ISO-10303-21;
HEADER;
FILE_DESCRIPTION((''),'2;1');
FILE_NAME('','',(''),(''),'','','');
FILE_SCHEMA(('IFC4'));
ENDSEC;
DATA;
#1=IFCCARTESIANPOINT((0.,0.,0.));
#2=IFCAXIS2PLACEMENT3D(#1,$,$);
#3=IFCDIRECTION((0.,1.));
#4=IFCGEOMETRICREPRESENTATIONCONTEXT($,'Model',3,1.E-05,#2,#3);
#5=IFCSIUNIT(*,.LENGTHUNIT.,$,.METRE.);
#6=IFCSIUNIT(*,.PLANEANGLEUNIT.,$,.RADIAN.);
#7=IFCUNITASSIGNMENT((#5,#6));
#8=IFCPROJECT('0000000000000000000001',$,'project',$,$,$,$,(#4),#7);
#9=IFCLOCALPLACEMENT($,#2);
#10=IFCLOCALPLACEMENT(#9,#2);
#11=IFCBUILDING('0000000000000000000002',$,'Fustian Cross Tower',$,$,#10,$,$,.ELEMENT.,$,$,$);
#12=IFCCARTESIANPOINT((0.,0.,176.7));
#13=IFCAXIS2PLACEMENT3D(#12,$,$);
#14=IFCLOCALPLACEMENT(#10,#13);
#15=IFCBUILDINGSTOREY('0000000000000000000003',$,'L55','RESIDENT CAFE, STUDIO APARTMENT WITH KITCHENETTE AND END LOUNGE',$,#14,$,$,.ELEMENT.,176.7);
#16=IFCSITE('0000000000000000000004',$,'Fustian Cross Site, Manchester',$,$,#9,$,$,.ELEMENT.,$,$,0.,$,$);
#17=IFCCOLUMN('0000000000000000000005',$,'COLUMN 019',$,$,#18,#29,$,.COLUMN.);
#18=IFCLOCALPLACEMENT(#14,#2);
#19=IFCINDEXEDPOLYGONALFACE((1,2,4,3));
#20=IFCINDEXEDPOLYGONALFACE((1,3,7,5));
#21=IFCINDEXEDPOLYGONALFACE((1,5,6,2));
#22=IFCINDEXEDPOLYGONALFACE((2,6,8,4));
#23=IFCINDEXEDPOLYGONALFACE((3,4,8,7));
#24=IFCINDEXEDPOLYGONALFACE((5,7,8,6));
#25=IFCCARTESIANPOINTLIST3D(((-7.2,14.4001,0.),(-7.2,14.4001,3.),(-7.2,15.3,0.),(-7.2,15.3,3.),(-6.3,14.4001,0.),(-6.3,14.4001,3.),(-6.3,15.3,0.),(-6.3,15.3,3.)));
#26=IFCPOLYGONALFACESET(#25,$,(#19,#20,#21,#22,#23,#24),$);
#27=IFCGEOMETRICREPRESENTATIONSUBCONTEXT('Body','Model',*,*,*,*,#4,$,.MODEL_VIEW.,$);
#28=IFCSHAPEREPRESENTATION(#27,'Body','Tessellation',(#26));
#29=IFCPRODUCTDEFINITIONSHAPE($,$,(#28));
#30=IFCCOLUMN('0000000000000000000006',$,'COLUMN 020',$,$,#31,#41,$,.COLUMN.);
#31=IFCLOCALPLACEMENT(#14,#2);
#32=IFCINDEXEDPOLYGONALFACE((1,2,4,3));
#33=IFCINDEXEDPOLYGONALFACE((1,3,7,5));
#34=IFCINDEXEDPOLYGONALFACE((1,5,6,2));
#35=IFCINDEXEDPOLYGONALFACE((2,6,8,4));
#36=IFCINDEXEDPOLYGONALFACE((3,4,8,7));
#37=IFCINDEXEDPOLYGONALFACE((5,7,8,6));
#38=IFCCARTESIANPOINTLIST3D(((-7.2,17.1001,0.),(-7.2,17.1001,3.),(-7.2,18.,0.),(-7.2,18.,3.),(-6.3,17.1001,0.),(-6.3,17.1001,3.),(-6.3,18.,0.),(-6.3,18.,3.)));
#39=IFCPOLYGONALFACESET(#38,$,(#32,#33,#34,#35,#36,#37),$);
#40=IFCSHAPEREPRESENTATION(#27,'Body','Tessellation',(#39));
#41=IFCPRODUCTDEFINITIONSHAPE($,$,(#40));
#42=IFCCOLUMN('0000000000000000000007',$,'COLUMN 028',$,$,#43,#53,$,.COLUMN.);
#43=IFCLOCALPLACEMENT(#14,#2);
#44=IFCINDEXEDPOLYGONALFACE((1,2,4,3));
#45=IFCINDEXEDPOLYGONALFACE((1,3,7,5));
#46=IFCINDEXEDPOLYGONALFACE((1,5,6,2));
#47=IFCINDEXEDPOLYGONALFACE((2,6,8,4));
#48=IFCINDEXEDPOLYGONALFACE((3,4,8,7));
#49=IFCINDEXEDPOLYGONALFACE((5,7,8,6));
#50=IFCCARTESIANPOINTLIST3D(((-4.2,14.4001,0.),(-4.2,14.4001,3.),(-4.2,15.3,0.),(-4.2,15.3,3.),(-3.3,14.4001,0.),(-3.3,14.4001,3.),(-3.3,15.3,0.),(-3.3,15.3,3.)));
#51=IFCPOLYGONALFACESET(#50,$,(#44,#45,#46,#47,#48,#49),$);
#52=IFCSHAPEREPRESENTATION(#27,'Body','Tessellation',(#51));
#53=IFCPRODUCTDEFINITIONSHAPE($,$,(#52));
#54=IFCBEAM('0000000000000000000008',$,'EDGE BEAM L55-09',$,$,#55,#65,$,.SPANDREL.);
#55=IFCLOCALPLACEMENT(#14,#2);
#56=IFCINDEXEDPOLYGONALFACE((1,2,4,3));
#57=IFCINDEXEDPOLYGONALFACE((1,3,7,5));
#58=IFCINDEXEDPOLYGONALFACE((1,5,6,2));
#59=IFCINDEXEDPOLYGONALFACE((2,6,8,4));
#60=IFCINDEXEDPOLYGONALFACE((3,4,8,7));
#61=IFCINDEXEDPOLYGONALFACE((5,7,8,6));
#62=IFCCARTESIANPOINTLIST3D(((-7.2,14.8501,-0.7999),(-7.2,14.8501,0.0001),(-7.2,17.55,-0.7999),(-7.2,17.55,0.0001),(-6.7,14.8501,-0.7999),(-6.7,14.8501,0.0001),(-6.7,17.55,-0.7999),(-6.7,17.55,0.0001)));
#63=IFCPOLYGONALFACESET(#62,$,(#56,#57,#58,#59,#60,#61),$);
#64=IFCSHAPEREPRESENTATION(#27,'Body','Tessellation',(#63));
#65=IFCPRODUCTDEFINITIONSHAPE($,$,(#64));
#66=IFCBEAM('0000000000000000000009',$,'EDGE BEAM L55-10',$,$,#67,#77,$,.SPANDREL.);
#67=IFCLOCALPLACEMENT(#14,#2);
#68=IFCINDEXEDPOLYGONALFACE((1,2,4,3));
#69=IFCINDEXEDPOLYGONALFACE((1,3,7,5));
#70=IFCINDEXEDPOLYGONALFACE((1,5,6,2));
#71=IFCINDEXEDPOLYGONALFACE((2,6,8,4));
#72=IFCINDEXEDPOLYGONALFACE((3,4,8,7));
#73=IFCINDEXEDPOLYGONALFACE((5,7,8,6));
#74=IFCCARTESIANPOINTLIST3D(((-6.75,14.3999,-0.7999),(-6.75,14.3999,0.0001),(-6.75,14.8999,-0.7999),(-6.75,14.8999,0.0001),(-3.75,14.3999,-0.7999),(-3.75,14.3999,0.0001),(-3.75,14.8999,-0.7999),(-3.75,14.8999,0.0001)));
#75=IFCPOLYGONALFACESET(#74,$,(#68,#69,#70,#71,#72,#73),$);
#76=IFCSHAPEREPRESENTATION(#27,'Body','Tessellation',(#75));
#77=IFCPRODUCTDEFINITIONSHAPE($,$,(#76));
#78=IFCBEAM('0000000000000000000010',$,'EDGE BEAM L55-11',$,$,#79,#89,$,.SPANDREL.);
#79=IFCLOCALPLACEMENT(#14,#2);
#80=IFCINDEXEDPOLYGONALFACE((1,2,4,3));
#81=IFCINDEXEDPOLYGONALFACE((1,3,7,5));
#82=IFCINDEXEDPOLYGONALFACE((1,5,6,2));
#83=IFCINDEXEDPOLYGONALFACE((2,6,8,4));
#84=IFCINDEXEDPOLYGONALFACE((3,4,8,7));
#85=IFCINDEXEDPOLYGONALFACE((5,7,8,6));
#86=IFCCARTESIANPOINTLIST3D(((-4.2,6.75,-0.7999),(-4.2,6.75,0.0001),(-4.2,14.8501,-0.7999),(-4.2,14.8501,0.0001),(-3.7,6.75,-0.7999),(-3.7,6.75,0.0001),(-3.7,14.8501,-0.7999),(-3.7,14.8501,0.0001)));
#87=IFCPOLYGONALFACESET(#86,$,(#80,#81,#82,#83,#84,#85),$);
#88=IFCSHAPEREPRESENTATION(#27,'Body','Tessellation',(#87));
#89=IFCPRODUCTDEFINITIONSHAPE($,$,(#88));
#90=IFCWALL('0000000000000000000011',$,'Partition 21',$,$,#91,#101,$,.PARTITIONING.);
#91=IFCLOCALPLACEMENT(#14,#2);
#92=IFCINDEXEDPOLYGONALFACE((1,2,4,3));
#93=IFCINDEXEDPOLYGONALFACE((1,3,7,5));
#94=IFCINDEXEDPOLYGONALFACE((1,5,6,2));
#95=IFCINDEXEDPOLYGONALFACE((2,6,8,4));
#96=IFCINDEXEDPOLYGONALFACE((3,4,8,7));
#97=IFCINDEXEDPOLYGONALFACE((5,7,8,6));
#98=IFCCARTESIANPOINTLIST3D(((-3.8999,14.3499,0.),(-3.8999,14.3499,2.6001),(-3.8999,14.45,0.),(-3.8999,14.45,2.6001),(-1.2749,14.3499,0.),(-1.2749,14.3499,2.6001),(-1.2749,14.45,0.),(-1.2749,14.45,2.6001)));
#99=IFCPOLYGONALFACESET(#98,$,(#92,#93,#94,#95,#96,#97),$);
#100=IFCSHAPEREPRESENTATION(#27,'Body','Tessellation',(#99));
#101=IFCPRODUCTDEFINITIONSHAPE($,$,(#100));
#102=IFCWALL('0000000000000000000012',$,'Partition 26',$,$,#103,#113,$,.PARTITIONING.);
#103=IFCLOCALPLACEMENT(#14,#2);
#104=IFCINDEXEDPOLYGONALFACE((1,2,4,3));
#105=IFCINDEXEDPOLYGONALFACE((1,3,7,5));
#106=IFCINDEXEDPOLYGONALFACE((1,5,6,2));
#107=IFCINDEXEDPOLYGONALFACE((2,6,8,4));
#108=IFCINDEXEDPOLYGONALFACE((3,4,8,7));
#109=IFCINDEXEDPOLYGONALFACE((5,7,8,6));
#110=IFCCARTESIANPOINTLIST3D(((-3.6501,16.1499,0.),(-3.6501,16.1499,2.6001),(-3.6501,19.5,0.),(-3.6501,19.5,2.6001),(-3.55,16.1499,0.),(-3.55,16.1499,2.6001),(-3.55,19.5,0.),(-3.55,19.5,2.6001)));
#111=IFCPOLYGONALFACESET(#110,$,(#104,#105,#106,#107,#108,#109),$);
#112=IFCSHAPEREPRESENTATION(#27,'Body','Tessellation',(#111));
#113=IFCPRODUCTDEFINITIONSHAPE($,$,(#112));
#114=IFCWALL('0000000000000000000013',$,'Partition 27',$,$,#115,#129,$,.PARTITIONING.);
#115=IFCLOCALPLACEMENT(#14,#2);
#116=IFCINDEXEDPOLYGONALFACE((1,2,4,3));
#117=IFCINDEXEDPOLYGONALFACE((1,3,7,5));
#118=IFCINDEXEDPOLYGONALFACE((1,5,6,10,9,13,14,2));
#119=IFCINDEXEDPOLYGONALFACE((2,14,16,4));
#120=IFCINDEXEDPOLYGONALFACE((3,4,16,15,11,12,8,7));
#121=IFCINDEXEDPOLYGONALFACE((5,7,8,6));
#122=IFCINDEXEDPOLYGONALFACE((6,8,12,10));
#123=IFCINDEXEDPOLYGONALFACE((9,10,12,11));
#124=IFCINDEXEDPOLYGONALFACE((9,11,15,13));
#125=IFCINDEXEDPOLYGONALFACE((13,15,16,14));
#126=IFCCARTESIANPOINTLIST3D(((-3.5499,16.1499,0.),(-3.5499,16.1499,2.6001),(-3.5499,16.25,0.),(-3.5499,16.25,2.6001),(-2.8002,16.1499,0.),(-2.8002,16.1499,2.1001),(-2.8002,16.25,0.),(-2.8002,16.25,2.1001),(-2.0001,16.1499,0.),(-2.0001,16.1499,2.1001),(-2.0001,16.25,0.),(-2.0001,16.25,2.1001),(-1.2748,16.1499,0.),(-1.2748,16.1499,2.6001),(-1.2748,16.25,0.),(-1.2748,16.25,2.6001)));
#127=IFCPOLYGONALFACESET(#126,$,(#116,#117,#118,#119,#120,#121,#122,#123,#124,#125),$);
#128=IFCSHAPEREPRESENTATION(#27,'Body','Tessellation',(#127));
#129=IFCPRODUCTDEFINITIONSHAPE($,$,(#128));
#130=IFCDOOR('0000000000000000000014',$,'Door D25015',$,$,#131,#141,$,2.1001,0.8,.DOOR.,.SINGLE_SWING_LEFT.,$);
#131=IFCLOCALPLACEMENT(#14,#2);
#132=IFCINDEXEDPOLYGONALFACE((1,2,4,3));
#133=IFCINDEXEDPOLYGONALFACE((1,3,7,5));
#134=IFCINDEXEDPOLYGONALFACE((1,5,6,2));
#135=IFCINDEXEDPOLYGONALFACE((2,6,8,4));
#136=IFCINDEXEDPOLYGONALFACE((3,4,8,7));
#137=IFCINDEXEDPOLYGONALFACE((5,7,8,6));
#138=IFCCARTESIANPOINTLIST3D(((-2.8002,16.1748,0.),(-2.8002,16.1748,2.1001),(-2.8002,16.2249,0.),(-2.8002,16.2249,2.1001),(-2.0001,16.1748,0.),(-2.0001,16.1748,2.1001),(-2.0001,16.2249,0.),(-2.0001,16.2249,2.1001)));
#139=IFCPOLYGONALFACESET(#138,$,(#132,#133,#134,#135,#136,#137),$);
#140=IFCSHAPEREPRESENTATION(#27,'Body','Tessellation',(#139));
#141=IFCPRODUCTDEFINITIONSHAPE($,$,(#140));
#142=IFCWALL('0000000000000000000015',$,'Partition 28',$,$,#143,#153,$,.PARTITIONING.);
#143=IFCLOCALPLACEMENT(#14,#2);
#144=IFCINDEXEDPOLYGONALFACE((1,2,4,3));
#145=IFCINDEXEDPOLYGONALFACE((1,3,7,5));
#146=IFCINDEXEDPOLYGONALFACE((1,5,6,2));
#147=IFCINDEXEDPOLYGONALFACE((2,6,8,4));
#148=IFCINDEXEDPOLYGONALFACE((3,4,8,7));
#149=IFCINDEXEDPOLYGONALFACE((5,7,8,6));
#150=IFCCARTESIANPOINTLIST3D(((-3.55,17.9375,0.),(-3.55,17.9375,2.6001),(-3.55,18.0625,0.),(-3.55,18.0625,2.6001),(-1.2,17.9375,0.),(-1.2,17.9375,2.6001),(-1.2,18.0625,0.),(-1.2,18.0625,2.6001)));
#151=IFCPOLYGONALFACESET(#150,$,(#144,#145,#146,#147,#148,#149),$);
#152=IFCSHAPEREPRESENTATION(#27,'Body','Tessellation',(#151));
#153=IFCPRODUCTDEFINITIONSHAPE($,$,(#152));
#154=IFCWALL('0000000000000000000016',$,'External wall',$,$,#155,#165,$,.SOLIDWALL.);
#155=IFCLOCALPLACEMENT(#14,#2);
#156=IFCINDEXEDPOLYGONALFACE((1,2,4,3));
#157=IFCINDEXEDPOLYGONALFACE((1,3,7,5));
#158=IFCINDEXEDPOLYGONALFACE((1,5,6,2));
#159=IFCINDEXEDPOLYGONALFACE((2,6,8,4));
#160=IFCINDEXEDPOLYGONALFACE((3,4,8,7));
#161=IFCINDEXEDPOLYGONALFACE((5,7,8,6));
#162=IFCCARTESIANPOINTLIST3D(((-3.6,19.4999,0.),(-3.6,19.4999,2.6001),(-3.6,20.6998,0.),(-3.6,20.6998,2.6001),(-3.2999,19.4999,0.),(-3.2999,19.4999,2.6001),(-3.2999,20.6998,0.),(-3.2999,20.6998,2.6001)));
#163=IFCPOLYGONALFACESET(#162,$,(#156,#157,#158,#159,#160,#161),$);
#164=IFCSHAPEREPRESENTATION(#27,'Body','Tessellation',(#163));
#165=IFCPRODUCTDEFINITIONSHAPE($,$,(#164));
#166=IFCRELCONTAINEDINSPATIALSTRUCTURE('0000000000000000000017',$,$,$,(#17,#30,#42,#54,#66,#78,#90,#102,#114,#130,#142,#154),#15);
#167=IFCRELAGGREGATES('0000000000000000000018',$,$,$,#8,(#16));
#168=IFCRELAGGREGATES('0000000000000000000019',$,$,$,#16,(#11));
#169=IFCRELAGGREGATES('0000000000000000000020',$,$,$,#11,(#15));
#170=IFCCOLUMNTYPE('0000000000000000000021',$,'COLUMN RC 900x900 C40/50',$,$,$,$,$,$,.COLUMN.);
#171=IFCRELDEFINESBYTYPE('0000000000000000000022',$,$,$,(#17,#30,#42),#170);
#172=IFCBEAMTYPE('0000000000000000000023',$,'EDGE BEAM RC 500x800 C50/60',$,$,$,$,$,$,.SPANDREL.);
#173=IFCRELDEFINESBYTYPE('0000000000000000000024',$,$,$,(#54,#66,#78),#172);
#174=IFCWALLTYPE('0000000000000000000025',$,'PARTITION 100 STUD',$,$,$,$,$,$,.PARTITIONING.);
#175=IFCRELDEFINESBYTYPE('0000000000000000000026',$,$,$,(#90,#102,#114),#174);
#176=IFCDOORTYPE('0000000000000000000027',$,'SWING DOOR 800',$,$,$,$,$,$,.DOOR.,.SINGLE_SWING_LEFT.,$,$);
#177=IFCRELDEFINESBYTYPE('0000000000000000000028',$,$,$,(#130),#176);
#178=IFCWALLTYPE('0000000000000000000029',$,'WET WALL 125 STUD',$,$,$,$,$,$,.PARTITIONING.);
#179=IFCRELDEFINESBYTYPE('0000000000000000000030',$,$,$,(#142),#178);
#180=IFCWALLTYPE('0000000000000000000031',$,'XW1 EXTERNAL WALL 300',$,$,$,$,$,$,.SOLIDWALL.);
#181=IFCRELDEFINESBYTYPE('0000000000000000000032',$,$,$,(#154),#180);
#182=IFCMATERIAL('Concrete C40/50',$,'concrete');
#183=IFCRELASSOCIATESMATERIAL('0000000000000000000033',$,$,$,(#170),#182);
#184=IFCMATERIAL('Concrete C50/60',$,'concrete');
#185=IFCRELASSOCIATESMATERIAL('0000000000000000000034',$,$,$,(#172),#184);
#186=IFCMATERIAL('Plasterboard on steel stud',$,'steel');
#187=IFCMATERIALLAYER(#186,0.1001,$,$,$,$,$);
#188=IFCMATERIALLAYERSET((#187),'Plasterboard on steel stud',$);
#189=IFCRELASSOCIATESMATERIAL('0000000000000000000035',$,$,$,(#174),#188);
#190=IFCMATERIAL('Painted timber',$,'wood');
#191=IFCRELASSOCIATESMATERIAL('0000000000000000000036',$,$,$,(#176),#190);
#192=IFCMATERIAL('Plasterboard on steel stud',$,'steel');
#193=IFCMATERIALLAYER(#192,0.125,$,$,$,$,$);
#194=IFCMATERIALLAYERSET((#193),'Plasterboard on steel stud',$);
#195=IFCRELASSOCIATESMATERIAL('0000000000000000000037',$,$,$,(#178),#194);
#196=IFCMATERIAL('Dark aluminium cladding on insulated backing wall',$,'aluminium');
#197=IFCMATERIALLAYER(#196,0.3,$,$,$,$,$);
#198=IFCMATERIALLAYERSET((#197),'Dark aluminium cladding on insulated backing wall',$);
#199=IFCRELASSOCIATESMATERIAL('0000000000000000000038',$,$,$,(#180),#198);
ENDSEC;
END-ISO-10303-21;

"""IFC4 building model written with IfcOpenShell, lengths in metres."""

from ifc_helpers import new_model, si_unit, direction, frame, frame_2d, origin, origin_2d, place, context, subcontext, project, spatial, rectangle, extrude, material, layer, layer_set, material_profile, profile_set, type_object, element, fill, save


model = new_model("IFC4")

# Units and contexts
model_context = context("Model", 3, precision=1e-05, world=origin(), true_north=direction((0.0, 1.0)))
body_context = subcontext(model_context, "Body", "Model", "MODEL_VIEW")
ifc_project = project(units=[si_unit("LENGTHUNIT", "METRE"), si_unit("PLANEANGLEUNIT", "RADIAN")], contexts=[model_context])

# Site, building, storey
site_placement = place(None, origin())
site = spatial("IfcSite", under=ifc_project, at=site_placement, Name="Fustian Cross Site, Manchester", CompositionType="ELEMENT", RefElevation=0.0)
building_placement = place(site_placement, origin())
building = spatial("IfcBuilding", under=site, at=building_placement, Name="Fustian Cross Tower", CompositionType="ELEMENT")
storey_placement = place(building_placement, frame((0.0, 0.0, 176.7)))
storey = spatial("IfcBuildingStorey", under=building, at=storey_placement, Name="L55", Description="RESIDENT CAFE, STUDIO APARTMENT WITH KITCHENETTE AND END LOUNGE", CompositionType="ELEMENT", Elevation=176.7)

# Columns
ifc_material_1 = material(Name="Concrete C40/50", Category="concrete")
ifc_material_profile_1 = material_profile(ifc_material_1, rectangle(XDim=0.8999, YDim=0.8999, at=origin_2d()), Name="RC 900x900")
ifc_profile_set_1 = profile_set([ifc_material_profile_1], Name="Concrete C40/50")
column_type = type_object("IfcColumnType", Name="COLUMN RC 900x900 C40/50", PredefinedType="COLUMN", material=ifc_profile_set_1)
for number, where, z_axis, x_axis, name in (
    (1, (-6.75, 14.8501, 0.0), (0.0, 0.0, 1.0), (1.0, 0.0, 0.0), "COLUMN 019"),
    (2, (-6.75, 17.55, 0.0), (0.0, 0.0, 1.0), (1.0, 0.0, 0.0), "COLUMN 020"),
    (3, (-3.75, 14.8501, 0.0), (0.0, 0.0, 1.0), (1.0, 0.0, 0.0), "COLUMN 028"),
):
    element("IfcColumn", number, at=place(storey_placement, frame(where, z_axis=z_axis, x_axis=x_axis)), inside=storey, type_object=column_type, Name=name, PredefinedType="COLUMN", context=body_context, shape_type="SweptSolid", body=[
        extrude(rectangle(XDim=0.8999, YDim=0.8999, at=origin_2d()), origin(), (0.0, 0.0, 1.0), 3.0),
    ])

# Beams
ifc_material_2 = material(Name="Concrete C50/60", Category="concrete")
ifc_material_profile_2 = material_profile(ifc_material_2, rectangle(XDim=0.5, YDim=0.8, at=origin_2d()), Name="RC 500x800")
ifc_profile_set_2 = profile_set([ifc_material_profile_2], Name="Concrete C50/60")
beam_type = type_object("IfcBeamType", Name="EDGE BEAM RC 500x800 C50/60", PredefinedType="SPANDREL", material=ifc_profile_set_2)
beam_1_placement = place(storey_placement, frame((-6.95, 17.55, -0.3999), z_axis=(0.0, -1.0, 0.0), x_axis=(1.0, 0.0, 0.0)))
element("IfcBeam", 4, at=beam_1_placement, inside=storey, type_object=beam_type, Name="EDGE BEAM L55-09", PredefinedType="SPANDREL", context=body_context, shape_type="SweptSolid", body=[
    extrude(rectangle(XDim=0.5, YDim=0.8, at=origin_2d()), origin(), (0.0, 0.0, 1.0), 2.7),
])
beam_2_placement = place(storey_placement, frame((-6.75, 14.6499, -0.3999), z_axis=(1.0, 0.0, 0.0), x_axis=(0.0, 1.0, 0.0)))
element("IfcBeam", 5, at=beam_2_placement, inside=storey, type_object=beam_type, Name="EDGE BEAM L55-10", PredefinedType="SPANDREL", context=body_context, shape_type="SweptSolid", body=[
    extrude(rectangle(XDim=0.5, YDim=0.8, at=origin_2d()), origin(), (0.0, 0.0, 1.0), 3.0),
])
beam_3_placement = place(storey_placement, frame((-3.95, 14.8501, -0.3999), z_axis=(0.0, -1.0, 0.0), x_axis=(1.0, 0.0, 0.0)))
element("IfcBeam", 6, at=beam_3_placement, inside=storey, type_object=beam_type, Name="EDGE BEAM L55-11", PredefinedType="SPANDREL", context=body_context, shape_type="SweptSolid", body=[
    extrude(rectangle(XDim=0.5, YDim=0.8, at=origin_2d()), origin(), (0.0, 0.0, 1.0), 8.1001),
])

# Walls
ifc_material_3 = material(Name="Plasterboard on steel stud", Category="steel")
ifc_layer_1 = layer(ifc_material_3, 0.1001)
ifc_layer_set_1 = layer_set([ifc_layer_1], Name="Plasterboard on steel stud")
wall_type_1 = type_object("IfcWallType", Name="PARTITION 100 STUD", PredefinedType="PARTITIONING", material=ifc_layer_set_1)
wall_1_placement = place(storey_placement, frame((-3.8999, 14.3999, 0.0), z_axis=(0.0, 0.0, 1.0), x_axis=(1.0, 0.0, 0.0)))
element("IfcWall", 7, at=wall_1_placement, inside=storey, type_object=wall_type_1, Name="Partition 21", PredefinedType="PARTITIONING", context=body_context, shape_type="SweptSolid", body=[
    extrude(rectangle(XDim=2.625, YDim=0.1001, at=frame_2d((1.3125, 0.0))), origin(), (0.0, 0.0, 1.0), 2.6001),
])
wall_2_placement = place(storey_placement, frame((-3.6001, 16.1499, 0.0), z_axis=(0.0, 0.0, 1.0), x_axis=(0.0, 1.0, 0.0)))
element("IfcWall", 8, at=wall_2_placement, inside=storey, type_object=wall_type_1, Name="Partition 26", PredefinedType="PARTITIONING", context=body_context, shape_type="SweptSolid", body=[
    extrude(rectangle(XDim=3.3501, YDim=0.1001, at=frame_2d((1.675, 0.0))), origin(), (0.0, 0.0, 1.0), 2.6001),
])

# Wall, opening, door
wall_3_placement = place(storey_placement, frame((-3.55, 16.2, 0.0), z_axis=(0.0, 0.0, 1.0), x_axis=(1.0, 0.0, 0.0)))
wall_3 = element("IfcWall", 9, at=wall_3_placement, inside=storey, type_object=wall_type_1, Name="Partition 27", PredefinedType="PARTITIONING", context=body_context, shape_type="SweptSolid", body=[
    extrude(rectangle(XDim=2.2751, YDim=0.1001, at=frame_2d((1.1377, 0.0))), origin(), (0.0, 0.0, 1.0), 2.6001),
])
opening_1_placement = place(wall_3_placement, frame((0.75, 0.0, 0.0)))
opening_1 = element("IfcOpeningElement", 10, at=opening_1_placement, cuts=wall_3, PredefinedType="OPENING", context=body_context, shape_type="SweptSolid", body=[
    extrude(rectangle(XDim=0.8, YDim=2.1001, at=frame_2d((0.3999, 1.05))), frame((0.0, 0.0601, 0.0), z_axis=(0.0, -1.0, 0.0), x_axis=(1.0, 0.0, 0.0)), (0.0, 0.0, 1.0), 0.1201),
])
ifc_material_4 = material(Name="Painted timber", Category="wood")
door_type_1 = type_object("IfcDoorType", Name="SWING DOOR 800", OperationType="SINGLE_SWING_LEFT", PredefinedType="DOOR", material=ifc_material_4)
door_1_placement = place(opening_1_placement, origin())
door_1 = element("IfcDoor", 11, at=door_1_placement, inside=storey, type_object=door_type_1, Name="Door D25015", OperationType="SINGLE_SWING_LEFT", OverallHeight=2.1001, OverallWidth=0.8, PredefinedType="DOOR", context=body_context, shape_type="SweptSolid", body=[
    extrude(rectangle(XDim=0.8, YDim=2.1001, at=frame_2d((0.3999, 1.05))), frame((0.0, 0.0249, 0.0), z_axis=(0.0, -1.0, 0.0), x_axis=(1.0, 0.0, 0.0)), (0.0, 0.0, 1.0), 0.05),
])
fill(opening_1, door_1)

# Walls
ifc_material_5 = material(Name="Plasterboard on steel stud", Category="steel")
ifc_layer_2 = layer(ifc_material_5, 0.125)
ifc_layer_set_2 = layer_set([ifc_layer_2], Name="Plasterboard on steel stud")
wall_type_2 = type_object("IfcWallType", Name="WET WALL 125 STUD", PredefinedType="PARTITIONING", material=ifc_layer_set_2)
wall_4_placement = place(storey_placement, frame((-3.55, 18.0, 0.0), z_axis=(0.0, 0.0, 1.0), x_axis=(1.0, 0.0, 0.0)))
element("IfcWall", 12, at=wall_4_placement, inside=storey, type_object=wall_type_2, Name="Partition 28", PredefinedType="PARTITIONING", context=body_context, shape_type="SweptSolid", body=[
    extrude(rectangle(XDim=2.3501, YDim=0.125, at=frame_2d((1.175, 0.0))), origin(), (0.0, 0.0, 1.0), 2.6001),
])
ifc_material_6 = material(Name="Dark aluminium cladding on insulated backing wall", Category="aluminium")
ifc_layer_3 = layer(ifc_material_6, 0.3)
ifc_layer_set_3 = layer_set([ifc_layer_3], Name="Dark aluminium cladding on insulated backing wall")
wall_type_3 = type_object("IfcWallType", Name="XW1 EXTERNAL WALL 300", PredefinedType="SOLIDWALL", material=ifc_layer_set_3)
wall_5_placement = place(storey_placement, frame((-3.45, 20.7, 0.0), z_axis=(0.0, 0.0, 1.0), x_axis=(0.0, -1.0, 0.0)))
element("IfcWall", 13, at=wall_5_placement, inside=storey, type_object=wall_type_3, Name="External wall", PredefinedType="SOLIDWALL", context=body_context, shape_type="SweptSolid", body=[
    extrude(rectangle(XDim=1.2, YDim=0.3, at=frame_2d((0.6001, 0.0))), origin(), (0.0, 0.0, 1.0), 2.6001),
])

save(model, "model.ifc")
